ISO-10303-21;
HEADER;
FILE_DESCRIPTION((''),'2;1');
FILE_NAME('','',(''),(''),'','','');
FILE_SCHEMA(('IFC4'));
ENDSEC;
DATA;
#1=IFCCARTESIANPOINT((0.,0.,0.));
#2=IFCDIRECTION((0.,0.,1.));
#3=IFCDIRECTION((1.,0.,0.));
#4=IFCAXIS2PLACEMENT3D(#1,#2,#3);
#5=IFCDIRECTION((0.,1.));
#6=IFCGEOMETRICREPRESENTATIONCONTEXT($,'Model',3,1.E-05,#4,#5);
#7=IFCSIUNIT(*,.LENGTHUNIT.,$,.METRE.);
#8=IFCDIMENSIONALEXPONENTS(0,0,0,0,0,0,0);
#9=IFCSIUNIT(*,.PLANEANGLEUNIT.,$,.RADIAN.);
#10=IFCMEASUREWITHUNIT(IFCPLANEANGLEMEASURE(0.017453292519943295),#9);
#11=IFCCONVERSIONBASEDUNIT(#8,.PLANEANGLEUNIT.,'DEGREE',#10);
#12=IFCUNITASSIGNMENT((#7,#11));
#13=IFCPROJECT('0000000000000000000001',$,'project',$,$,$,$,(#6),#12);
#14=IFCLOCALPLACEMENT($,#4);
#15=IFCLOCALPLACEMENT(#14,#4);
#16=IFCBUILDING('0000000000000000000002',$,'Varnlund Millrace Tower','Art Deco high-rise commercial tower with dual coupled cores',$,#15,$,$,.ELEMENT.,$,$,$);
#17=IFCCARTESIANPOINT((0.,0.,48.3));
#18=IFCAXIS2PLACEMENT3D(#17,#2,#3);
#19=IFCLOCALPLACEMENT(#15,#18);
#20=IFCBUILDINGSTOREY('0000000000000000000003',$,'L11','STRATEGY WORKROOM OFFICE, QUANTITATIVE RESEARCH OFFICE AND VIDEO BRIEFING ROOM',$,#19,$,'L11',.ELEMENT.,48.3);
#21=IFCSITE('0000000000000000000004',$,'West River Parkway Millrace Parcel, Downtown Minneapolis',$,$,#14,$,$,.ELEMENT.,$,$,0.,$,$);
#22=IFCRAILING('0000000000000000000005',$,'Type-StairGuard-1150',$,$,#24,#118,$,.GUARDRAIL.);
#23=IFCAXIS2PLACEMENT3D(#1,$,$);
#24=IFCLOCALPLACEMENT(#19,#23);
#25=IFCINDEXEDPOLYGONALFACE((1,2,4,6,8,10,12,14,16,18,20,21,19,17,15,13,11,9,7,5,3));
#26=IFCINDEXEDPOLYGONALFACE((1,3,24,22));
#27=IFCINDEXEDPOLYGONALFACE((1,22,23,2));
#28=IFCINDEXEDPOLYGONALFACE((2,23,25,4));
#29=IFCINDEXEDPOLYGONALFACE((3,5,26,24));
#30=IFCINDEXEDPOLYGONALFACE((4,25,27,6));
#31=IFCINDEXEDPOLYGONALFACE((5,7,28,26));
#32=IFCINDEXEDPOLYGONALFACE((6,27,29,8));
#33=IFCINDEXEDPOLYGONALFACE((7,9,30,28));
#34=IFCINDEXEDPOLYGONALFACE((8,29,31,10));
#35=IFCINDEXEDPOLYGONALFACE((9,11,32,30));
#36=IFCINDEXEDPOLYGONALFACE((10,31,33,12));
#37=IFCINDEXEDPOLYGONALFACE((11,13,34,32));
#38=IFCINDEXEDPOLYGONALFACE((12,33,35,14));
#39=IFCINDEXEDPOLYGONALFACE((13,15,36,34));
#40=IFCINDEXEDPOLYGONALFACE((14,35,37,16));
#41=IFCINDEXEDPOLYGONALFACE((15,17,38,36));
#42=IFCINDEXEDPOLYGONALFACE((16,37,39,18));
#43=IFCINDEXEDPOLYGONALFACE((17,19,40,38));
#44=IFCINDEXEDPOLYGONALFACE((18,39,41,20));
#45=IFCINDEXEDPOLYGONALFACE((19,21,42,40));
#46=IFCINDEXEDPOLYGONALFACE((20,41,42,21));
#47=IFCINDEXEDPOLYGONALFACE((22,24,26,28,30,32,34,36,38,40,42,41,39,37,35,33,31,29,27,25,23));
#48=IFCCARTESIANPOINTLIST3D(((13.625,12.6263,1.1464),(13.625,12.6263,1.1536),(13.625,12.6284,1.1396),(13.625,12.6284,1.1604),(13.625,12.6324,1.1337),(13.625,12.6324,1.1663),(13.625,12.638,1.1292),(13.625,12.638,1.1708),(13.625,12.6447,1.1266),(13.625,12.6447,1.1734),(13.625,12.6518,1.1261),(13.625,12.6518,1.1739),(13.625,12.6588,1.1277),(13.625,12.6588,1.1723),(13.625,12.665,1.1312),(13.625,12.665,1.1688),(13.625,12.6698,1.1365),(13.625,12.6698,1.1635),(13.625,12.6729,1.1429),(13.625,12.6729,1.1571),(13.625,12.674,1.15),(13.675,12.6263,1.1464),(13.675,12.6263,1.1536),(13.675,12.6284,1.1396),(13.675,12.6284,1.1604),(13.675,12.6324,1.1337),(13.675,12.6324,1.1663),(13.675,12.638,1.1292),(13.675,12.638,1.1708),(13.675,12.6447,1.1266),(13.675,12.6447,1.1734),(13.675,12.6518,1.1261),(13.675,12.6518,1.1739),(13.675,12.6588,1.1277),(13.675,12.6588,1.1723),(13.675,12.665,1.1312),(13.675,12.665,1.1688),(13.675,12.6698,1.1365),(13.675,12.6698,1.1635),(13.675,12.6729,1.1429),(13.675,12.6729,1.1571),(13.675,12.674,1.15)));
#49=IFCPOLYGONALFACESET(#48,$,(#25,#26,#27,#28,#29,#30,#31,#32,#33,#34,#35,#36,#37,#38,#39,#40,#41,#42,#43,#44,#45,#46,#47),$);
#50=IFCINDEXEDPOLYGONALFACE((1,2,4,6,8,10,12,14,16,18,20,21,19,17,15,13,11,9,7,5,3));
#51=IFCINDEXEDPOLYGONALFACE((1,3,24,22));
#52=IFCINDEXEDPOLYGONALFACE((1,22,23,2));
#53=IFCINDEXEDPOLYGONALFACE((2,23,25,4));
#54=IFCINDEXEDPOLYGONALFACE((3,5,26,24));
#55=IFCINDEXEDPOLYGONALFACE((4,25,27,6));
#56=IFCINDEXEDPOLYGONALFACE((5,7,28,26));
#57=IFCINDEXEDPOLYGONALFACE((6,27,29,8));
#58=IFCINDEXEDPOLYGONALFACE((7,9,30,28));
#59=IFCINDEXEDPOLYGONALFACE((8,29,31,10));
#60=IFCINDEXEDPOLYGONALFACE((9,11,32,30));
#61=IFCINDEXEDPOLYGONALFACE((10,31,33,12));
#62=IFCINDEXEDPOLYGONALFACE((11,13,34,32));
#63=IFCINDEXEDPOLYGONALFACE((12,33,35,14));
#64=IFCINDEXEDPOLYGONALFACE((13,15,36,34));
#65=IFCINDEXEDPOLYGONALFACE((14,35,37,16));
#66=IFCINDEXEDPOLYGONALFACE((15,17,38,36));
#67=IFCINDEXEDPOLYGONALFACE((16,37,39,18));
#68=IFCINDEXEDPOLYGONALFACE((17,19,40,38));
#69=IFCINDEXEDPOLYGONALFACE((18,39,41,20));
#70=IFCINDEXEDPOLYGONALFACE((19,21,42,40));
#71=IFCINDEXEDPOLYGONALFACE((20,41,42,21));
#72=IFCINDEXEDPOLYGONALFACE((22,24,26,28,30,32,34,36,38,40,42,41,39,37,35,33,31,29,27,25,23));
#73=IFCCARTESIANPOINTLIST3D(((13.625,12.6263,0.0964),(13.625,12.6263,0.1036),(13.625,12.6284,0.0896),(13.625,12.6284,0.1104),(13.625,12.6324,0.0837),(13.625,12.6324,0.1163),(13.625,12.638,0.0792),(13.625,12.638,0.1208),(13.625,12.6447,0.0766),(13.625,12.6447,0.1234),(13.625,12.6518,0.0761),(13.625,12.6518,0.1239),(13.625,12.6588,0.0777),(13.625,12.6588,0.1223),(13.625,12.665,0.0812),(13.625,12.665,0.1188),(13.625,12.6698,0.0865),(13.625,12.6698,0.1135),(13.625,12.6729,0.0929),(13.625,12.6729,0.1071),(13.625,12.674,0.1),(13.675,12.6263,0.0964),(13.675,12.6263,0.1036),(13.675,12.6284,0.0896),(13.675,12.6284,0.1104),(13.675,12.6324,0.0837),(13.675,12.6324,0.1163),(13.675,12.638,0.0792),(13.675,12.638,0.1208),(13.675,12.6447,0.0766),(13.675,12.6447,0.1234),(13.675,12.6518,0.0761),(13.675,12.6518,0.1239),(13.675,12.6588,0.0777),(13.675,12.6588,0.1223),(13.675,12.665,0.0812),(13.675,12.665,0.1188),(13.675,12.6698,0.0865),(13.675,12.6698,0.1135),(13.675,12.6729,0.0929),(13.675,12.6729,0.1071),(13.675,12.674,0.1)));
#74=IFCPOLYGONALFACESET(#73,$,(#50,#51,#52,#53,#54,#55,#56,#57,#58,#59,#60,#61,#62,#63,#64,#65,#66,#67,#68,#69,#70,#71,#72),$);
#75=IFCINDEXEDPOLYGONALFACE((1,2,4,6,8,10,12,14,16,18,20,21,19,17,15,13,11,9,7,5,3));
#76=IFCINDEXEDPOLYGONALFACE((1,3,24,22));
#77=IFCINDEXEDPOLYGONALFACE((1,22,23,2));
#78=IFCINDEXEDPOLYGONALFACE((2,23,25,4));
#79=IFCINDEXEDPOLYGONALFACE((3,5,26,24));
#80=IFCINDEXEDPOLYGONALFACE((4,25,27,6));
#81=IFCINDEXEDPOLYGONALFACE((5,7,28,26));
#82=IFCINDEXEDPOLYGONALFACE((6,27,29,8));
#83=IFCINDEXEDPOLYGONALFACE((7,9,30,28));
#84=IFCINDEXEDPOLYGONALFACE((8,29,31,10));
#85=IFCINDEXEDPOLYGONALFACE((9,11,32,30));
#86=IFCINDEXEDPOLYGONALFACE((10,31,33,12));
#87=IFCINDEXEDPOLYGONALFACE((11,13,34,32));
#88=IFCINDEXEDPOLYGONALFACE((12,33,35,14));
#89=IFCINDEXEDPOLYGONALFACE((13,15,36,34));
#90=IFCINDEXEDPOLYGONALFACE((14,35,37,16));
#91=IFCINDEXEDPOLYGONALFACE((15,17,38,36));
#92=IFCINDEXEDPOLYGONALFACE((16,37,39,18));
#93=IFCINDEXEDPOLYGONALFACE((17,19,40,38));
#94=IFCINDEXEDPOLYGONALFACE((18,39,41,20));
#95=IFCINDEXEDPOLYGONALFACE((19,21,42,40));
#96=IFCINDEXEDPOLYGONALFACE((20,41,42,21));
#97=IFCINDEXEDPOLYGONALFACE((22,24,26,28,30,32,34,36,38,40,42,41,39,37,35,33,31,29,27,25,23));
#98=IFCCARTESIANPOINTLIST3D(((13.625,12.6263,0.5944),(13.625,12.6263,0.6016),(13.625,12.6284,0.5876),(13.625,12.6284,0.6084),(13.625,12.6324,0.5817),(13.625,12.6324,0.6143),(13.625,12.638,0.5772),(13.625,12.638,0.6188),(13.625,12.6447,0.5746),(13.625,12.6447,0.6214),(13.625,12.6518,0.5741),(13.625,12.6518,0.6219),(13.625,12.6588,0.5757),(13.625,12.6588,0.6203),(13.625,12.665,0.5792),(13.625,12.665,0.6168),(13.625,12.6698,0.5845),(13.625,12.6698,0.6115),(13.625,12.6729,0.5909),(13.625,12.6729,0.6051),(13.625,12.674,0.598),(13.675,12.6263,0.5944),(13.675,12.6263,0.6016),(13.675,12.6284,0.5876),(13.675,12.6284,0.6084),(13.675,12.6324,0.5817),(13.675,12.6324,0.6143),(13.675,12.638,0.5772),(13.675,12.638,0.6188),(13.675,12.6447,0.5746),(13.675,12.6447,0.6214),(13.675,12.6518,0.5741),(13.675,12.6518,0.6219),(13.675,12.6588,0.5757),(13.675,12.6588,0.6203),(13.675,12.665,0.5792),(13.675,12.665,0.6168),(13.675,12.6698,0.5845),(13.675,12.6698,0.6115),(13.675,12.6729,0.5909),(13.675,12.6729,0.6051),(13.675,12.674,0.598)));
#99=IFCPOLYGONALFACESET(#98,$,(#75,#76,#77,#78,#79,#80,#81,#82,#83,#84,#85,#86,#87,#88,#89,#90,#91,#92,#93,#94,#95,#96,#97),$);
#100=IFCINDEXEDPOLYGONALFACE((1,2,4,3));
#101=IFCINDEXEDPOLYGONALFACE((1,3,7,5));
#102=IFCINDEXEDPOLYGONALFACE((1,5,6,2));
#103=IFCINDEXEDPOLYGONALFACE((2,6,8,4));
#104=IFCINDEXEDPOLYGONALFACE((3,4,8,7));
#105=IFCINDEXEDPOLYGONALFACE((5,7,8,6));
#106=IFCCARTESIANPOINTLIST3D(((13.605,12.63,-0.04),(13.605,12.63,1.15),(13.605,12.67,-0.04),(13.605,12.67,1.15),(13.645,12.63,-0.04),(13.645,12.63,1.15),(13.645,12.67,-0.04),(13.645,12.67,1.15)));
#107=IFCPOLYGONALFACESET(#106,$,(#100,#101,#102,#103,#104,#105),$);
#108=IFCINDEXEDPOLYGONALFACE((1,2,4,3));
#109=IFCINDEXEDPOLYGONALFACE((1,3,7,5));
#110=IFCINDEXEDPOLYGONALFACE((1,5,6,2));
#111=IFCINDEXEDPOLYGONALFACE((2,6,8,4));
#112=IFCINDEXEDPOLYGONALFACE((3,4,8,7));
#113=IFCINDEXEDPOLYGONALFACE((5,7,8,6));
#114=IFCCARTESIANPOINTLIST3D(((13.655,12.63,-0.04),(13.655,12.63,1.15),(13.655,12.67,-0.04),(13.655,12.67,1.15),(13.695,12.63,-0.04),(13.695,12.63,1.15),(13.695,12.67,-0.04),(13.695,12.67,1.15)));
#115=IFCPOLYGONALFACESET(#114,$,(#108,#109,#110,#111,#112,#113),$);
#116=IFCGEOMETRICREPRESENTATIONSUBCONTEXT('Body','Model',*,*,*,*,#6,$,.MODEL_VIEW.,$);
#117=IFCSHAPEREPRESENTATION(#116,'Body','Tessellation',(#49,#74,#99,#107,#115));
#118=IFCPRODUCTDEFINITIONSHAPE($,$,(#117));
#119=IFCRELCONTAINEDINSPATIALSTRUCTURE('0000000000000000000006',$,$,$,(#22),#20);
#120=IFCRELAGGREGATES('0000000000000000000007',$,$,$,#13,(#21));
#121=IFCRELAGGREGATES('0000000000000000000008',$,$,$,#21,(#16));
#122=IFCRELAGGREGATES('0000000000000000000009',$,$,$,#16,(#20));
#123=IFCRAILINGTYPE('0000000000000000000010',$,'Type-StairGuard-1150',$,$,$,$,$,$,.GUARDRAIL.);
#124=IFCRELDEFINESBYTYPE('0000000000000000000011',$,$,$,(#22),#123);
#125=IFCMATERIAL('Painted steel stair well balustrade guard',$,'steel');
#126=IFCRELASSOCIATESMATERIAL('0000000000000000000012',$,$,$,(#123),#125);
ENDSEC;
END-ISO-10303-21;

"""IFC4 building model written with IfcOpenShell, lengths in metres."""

from ifc_helpers import new_model, entity, si_unit, converted_unit, direction, frame, origin_with_axes, origin_2d_with_axis, place, context, subcontext, project, spatial, rectangle, circle, extrude, material, type_object, element, save


model = new_model("IFC4")

# Units and contexts
model_context = context("Model", 3, precision=1e-05, world=origin_with_axes(), true_north=direction((0.0, 1.0)))
body_context = subcontext(model_context, "Body", "Model", "MODEL_VIEW")
ifc_project = project(units=[si_unit("LENGTHUNIT", "METRE"), converted_unit("PLANEANGLEUNIT", "DEGREE", entity("IfcPlaneAngleMeasure", 0.017453292519943295), si_unit("PLANEANGLEUNIT", "RADIAN"), dimensions=[0, 0, 0, 0, 0, 0, 0])], contexts=[model_context])

# Site, building, storey
site_placement = place(None, origin_with_axes())
site = spatial("IfcSite", under=ifc_project, at=site_placement, Name="West River Parkway Millrace Parcel, Downtown Minneapolis", CompositionType="ELEMENT", RefElevation=0.0)
building_placement = place(site_placement, origin_with_axes())
building = spatial("IfcBuilding", under=site, at=building_placement, Name="Varnlund Millrace Tower", Description="Art Deco high-rise commercial tower with dual coupled cores", CompositionType="ELEMENT")
storey_placement = place(building_placement, frame((0.0, 0.0, 48.3), z_axis=(0.0, 0.0, 1.0), x_axis=(1.0, 0.0, 0.0)))
storey = spatial("IfcBuildingStorey", under=building, at=storey_placement, Name="L11", Description="STRATEGY WORKROOM OFFICE, QUANTITATIVE RESEARCH OFFICE AND VIDEO BRIEFING ROOM", LongName="L11", CompositionType="ELEMENT", Elevation=48.3)

# Railing
ifc_material_1 = material(Name="Painted steel stair well balustrade guard", Category="steel")
railing_type_1 = type_object("IfcRailingType", Name="Type-StairGuard-1150", PredefinedType="GUARDRAIL", material=ifc_material_1)
railing_1_placement = place(storey_placement, frame((0.0, 0.0, -48.3), z_axis=(0.0, 0.0, 1.0), x_axis=(1.0, 0.0, 0.0)))
element("IfcRailing", 1, at=railing_1_placement, inside=storey, type_object=railing_type_1, Name="Type-StairGuard-1150", PredefinedType="GUARDRAIL", context=body_context, shape_type="SweptSolid", body=[
    extrude(circle(Radius=0.024, at=origin_2d_with_axis()), frame((13.625, 12.65, 49.45), z_axis=(1.0, 0.0, 0.0), x_axis=(0.0, 1.0, 0.0)), (0.0, 0.0, 1.0), 0.05),
    extrude(circle(Radius=0.024, at=origin_2d_with_axis()), frame((13.625, 12.65, 48.4), z_axis=(1.0, 0.0, 0.0), x_axis=(0.0, 1.0, 0.0)), (0.0, 0.0, 1.0), 0.05),
    extrude(circle(Radius=0.024, at=origin_2d_with_axis()), frame((13.625, 12.65, 48.898), z_axis=(1.0, 0.0, 0.0), x_axis=(0.0, 1.0, 0.0)), (0.0, 0.0, 1.0), 0.05),
    extrude(rectangle(XDim=0.04, YDim=0.04, at=origin_2d_with_axis()), frame((13.625, 12.65, 48.26), z_axis=(0.0, 0.0, 1.0), x_axis=(1.0, 0.0, 0.0)), (0.0, 0.0, 1.0), 1.19),
    extrude(rectangle(XDim=0.04, YDim=0.04, at=origin_2d_with_axis()), frame((13.675, 12.65, 48.26), z_axis=(0.0, 0.0, 1.0), x_axis=(1.0, 0.0, 0.0)), (0.0, 0.0, 1.0), 1.19),
])

save(model, "model.ifc")
